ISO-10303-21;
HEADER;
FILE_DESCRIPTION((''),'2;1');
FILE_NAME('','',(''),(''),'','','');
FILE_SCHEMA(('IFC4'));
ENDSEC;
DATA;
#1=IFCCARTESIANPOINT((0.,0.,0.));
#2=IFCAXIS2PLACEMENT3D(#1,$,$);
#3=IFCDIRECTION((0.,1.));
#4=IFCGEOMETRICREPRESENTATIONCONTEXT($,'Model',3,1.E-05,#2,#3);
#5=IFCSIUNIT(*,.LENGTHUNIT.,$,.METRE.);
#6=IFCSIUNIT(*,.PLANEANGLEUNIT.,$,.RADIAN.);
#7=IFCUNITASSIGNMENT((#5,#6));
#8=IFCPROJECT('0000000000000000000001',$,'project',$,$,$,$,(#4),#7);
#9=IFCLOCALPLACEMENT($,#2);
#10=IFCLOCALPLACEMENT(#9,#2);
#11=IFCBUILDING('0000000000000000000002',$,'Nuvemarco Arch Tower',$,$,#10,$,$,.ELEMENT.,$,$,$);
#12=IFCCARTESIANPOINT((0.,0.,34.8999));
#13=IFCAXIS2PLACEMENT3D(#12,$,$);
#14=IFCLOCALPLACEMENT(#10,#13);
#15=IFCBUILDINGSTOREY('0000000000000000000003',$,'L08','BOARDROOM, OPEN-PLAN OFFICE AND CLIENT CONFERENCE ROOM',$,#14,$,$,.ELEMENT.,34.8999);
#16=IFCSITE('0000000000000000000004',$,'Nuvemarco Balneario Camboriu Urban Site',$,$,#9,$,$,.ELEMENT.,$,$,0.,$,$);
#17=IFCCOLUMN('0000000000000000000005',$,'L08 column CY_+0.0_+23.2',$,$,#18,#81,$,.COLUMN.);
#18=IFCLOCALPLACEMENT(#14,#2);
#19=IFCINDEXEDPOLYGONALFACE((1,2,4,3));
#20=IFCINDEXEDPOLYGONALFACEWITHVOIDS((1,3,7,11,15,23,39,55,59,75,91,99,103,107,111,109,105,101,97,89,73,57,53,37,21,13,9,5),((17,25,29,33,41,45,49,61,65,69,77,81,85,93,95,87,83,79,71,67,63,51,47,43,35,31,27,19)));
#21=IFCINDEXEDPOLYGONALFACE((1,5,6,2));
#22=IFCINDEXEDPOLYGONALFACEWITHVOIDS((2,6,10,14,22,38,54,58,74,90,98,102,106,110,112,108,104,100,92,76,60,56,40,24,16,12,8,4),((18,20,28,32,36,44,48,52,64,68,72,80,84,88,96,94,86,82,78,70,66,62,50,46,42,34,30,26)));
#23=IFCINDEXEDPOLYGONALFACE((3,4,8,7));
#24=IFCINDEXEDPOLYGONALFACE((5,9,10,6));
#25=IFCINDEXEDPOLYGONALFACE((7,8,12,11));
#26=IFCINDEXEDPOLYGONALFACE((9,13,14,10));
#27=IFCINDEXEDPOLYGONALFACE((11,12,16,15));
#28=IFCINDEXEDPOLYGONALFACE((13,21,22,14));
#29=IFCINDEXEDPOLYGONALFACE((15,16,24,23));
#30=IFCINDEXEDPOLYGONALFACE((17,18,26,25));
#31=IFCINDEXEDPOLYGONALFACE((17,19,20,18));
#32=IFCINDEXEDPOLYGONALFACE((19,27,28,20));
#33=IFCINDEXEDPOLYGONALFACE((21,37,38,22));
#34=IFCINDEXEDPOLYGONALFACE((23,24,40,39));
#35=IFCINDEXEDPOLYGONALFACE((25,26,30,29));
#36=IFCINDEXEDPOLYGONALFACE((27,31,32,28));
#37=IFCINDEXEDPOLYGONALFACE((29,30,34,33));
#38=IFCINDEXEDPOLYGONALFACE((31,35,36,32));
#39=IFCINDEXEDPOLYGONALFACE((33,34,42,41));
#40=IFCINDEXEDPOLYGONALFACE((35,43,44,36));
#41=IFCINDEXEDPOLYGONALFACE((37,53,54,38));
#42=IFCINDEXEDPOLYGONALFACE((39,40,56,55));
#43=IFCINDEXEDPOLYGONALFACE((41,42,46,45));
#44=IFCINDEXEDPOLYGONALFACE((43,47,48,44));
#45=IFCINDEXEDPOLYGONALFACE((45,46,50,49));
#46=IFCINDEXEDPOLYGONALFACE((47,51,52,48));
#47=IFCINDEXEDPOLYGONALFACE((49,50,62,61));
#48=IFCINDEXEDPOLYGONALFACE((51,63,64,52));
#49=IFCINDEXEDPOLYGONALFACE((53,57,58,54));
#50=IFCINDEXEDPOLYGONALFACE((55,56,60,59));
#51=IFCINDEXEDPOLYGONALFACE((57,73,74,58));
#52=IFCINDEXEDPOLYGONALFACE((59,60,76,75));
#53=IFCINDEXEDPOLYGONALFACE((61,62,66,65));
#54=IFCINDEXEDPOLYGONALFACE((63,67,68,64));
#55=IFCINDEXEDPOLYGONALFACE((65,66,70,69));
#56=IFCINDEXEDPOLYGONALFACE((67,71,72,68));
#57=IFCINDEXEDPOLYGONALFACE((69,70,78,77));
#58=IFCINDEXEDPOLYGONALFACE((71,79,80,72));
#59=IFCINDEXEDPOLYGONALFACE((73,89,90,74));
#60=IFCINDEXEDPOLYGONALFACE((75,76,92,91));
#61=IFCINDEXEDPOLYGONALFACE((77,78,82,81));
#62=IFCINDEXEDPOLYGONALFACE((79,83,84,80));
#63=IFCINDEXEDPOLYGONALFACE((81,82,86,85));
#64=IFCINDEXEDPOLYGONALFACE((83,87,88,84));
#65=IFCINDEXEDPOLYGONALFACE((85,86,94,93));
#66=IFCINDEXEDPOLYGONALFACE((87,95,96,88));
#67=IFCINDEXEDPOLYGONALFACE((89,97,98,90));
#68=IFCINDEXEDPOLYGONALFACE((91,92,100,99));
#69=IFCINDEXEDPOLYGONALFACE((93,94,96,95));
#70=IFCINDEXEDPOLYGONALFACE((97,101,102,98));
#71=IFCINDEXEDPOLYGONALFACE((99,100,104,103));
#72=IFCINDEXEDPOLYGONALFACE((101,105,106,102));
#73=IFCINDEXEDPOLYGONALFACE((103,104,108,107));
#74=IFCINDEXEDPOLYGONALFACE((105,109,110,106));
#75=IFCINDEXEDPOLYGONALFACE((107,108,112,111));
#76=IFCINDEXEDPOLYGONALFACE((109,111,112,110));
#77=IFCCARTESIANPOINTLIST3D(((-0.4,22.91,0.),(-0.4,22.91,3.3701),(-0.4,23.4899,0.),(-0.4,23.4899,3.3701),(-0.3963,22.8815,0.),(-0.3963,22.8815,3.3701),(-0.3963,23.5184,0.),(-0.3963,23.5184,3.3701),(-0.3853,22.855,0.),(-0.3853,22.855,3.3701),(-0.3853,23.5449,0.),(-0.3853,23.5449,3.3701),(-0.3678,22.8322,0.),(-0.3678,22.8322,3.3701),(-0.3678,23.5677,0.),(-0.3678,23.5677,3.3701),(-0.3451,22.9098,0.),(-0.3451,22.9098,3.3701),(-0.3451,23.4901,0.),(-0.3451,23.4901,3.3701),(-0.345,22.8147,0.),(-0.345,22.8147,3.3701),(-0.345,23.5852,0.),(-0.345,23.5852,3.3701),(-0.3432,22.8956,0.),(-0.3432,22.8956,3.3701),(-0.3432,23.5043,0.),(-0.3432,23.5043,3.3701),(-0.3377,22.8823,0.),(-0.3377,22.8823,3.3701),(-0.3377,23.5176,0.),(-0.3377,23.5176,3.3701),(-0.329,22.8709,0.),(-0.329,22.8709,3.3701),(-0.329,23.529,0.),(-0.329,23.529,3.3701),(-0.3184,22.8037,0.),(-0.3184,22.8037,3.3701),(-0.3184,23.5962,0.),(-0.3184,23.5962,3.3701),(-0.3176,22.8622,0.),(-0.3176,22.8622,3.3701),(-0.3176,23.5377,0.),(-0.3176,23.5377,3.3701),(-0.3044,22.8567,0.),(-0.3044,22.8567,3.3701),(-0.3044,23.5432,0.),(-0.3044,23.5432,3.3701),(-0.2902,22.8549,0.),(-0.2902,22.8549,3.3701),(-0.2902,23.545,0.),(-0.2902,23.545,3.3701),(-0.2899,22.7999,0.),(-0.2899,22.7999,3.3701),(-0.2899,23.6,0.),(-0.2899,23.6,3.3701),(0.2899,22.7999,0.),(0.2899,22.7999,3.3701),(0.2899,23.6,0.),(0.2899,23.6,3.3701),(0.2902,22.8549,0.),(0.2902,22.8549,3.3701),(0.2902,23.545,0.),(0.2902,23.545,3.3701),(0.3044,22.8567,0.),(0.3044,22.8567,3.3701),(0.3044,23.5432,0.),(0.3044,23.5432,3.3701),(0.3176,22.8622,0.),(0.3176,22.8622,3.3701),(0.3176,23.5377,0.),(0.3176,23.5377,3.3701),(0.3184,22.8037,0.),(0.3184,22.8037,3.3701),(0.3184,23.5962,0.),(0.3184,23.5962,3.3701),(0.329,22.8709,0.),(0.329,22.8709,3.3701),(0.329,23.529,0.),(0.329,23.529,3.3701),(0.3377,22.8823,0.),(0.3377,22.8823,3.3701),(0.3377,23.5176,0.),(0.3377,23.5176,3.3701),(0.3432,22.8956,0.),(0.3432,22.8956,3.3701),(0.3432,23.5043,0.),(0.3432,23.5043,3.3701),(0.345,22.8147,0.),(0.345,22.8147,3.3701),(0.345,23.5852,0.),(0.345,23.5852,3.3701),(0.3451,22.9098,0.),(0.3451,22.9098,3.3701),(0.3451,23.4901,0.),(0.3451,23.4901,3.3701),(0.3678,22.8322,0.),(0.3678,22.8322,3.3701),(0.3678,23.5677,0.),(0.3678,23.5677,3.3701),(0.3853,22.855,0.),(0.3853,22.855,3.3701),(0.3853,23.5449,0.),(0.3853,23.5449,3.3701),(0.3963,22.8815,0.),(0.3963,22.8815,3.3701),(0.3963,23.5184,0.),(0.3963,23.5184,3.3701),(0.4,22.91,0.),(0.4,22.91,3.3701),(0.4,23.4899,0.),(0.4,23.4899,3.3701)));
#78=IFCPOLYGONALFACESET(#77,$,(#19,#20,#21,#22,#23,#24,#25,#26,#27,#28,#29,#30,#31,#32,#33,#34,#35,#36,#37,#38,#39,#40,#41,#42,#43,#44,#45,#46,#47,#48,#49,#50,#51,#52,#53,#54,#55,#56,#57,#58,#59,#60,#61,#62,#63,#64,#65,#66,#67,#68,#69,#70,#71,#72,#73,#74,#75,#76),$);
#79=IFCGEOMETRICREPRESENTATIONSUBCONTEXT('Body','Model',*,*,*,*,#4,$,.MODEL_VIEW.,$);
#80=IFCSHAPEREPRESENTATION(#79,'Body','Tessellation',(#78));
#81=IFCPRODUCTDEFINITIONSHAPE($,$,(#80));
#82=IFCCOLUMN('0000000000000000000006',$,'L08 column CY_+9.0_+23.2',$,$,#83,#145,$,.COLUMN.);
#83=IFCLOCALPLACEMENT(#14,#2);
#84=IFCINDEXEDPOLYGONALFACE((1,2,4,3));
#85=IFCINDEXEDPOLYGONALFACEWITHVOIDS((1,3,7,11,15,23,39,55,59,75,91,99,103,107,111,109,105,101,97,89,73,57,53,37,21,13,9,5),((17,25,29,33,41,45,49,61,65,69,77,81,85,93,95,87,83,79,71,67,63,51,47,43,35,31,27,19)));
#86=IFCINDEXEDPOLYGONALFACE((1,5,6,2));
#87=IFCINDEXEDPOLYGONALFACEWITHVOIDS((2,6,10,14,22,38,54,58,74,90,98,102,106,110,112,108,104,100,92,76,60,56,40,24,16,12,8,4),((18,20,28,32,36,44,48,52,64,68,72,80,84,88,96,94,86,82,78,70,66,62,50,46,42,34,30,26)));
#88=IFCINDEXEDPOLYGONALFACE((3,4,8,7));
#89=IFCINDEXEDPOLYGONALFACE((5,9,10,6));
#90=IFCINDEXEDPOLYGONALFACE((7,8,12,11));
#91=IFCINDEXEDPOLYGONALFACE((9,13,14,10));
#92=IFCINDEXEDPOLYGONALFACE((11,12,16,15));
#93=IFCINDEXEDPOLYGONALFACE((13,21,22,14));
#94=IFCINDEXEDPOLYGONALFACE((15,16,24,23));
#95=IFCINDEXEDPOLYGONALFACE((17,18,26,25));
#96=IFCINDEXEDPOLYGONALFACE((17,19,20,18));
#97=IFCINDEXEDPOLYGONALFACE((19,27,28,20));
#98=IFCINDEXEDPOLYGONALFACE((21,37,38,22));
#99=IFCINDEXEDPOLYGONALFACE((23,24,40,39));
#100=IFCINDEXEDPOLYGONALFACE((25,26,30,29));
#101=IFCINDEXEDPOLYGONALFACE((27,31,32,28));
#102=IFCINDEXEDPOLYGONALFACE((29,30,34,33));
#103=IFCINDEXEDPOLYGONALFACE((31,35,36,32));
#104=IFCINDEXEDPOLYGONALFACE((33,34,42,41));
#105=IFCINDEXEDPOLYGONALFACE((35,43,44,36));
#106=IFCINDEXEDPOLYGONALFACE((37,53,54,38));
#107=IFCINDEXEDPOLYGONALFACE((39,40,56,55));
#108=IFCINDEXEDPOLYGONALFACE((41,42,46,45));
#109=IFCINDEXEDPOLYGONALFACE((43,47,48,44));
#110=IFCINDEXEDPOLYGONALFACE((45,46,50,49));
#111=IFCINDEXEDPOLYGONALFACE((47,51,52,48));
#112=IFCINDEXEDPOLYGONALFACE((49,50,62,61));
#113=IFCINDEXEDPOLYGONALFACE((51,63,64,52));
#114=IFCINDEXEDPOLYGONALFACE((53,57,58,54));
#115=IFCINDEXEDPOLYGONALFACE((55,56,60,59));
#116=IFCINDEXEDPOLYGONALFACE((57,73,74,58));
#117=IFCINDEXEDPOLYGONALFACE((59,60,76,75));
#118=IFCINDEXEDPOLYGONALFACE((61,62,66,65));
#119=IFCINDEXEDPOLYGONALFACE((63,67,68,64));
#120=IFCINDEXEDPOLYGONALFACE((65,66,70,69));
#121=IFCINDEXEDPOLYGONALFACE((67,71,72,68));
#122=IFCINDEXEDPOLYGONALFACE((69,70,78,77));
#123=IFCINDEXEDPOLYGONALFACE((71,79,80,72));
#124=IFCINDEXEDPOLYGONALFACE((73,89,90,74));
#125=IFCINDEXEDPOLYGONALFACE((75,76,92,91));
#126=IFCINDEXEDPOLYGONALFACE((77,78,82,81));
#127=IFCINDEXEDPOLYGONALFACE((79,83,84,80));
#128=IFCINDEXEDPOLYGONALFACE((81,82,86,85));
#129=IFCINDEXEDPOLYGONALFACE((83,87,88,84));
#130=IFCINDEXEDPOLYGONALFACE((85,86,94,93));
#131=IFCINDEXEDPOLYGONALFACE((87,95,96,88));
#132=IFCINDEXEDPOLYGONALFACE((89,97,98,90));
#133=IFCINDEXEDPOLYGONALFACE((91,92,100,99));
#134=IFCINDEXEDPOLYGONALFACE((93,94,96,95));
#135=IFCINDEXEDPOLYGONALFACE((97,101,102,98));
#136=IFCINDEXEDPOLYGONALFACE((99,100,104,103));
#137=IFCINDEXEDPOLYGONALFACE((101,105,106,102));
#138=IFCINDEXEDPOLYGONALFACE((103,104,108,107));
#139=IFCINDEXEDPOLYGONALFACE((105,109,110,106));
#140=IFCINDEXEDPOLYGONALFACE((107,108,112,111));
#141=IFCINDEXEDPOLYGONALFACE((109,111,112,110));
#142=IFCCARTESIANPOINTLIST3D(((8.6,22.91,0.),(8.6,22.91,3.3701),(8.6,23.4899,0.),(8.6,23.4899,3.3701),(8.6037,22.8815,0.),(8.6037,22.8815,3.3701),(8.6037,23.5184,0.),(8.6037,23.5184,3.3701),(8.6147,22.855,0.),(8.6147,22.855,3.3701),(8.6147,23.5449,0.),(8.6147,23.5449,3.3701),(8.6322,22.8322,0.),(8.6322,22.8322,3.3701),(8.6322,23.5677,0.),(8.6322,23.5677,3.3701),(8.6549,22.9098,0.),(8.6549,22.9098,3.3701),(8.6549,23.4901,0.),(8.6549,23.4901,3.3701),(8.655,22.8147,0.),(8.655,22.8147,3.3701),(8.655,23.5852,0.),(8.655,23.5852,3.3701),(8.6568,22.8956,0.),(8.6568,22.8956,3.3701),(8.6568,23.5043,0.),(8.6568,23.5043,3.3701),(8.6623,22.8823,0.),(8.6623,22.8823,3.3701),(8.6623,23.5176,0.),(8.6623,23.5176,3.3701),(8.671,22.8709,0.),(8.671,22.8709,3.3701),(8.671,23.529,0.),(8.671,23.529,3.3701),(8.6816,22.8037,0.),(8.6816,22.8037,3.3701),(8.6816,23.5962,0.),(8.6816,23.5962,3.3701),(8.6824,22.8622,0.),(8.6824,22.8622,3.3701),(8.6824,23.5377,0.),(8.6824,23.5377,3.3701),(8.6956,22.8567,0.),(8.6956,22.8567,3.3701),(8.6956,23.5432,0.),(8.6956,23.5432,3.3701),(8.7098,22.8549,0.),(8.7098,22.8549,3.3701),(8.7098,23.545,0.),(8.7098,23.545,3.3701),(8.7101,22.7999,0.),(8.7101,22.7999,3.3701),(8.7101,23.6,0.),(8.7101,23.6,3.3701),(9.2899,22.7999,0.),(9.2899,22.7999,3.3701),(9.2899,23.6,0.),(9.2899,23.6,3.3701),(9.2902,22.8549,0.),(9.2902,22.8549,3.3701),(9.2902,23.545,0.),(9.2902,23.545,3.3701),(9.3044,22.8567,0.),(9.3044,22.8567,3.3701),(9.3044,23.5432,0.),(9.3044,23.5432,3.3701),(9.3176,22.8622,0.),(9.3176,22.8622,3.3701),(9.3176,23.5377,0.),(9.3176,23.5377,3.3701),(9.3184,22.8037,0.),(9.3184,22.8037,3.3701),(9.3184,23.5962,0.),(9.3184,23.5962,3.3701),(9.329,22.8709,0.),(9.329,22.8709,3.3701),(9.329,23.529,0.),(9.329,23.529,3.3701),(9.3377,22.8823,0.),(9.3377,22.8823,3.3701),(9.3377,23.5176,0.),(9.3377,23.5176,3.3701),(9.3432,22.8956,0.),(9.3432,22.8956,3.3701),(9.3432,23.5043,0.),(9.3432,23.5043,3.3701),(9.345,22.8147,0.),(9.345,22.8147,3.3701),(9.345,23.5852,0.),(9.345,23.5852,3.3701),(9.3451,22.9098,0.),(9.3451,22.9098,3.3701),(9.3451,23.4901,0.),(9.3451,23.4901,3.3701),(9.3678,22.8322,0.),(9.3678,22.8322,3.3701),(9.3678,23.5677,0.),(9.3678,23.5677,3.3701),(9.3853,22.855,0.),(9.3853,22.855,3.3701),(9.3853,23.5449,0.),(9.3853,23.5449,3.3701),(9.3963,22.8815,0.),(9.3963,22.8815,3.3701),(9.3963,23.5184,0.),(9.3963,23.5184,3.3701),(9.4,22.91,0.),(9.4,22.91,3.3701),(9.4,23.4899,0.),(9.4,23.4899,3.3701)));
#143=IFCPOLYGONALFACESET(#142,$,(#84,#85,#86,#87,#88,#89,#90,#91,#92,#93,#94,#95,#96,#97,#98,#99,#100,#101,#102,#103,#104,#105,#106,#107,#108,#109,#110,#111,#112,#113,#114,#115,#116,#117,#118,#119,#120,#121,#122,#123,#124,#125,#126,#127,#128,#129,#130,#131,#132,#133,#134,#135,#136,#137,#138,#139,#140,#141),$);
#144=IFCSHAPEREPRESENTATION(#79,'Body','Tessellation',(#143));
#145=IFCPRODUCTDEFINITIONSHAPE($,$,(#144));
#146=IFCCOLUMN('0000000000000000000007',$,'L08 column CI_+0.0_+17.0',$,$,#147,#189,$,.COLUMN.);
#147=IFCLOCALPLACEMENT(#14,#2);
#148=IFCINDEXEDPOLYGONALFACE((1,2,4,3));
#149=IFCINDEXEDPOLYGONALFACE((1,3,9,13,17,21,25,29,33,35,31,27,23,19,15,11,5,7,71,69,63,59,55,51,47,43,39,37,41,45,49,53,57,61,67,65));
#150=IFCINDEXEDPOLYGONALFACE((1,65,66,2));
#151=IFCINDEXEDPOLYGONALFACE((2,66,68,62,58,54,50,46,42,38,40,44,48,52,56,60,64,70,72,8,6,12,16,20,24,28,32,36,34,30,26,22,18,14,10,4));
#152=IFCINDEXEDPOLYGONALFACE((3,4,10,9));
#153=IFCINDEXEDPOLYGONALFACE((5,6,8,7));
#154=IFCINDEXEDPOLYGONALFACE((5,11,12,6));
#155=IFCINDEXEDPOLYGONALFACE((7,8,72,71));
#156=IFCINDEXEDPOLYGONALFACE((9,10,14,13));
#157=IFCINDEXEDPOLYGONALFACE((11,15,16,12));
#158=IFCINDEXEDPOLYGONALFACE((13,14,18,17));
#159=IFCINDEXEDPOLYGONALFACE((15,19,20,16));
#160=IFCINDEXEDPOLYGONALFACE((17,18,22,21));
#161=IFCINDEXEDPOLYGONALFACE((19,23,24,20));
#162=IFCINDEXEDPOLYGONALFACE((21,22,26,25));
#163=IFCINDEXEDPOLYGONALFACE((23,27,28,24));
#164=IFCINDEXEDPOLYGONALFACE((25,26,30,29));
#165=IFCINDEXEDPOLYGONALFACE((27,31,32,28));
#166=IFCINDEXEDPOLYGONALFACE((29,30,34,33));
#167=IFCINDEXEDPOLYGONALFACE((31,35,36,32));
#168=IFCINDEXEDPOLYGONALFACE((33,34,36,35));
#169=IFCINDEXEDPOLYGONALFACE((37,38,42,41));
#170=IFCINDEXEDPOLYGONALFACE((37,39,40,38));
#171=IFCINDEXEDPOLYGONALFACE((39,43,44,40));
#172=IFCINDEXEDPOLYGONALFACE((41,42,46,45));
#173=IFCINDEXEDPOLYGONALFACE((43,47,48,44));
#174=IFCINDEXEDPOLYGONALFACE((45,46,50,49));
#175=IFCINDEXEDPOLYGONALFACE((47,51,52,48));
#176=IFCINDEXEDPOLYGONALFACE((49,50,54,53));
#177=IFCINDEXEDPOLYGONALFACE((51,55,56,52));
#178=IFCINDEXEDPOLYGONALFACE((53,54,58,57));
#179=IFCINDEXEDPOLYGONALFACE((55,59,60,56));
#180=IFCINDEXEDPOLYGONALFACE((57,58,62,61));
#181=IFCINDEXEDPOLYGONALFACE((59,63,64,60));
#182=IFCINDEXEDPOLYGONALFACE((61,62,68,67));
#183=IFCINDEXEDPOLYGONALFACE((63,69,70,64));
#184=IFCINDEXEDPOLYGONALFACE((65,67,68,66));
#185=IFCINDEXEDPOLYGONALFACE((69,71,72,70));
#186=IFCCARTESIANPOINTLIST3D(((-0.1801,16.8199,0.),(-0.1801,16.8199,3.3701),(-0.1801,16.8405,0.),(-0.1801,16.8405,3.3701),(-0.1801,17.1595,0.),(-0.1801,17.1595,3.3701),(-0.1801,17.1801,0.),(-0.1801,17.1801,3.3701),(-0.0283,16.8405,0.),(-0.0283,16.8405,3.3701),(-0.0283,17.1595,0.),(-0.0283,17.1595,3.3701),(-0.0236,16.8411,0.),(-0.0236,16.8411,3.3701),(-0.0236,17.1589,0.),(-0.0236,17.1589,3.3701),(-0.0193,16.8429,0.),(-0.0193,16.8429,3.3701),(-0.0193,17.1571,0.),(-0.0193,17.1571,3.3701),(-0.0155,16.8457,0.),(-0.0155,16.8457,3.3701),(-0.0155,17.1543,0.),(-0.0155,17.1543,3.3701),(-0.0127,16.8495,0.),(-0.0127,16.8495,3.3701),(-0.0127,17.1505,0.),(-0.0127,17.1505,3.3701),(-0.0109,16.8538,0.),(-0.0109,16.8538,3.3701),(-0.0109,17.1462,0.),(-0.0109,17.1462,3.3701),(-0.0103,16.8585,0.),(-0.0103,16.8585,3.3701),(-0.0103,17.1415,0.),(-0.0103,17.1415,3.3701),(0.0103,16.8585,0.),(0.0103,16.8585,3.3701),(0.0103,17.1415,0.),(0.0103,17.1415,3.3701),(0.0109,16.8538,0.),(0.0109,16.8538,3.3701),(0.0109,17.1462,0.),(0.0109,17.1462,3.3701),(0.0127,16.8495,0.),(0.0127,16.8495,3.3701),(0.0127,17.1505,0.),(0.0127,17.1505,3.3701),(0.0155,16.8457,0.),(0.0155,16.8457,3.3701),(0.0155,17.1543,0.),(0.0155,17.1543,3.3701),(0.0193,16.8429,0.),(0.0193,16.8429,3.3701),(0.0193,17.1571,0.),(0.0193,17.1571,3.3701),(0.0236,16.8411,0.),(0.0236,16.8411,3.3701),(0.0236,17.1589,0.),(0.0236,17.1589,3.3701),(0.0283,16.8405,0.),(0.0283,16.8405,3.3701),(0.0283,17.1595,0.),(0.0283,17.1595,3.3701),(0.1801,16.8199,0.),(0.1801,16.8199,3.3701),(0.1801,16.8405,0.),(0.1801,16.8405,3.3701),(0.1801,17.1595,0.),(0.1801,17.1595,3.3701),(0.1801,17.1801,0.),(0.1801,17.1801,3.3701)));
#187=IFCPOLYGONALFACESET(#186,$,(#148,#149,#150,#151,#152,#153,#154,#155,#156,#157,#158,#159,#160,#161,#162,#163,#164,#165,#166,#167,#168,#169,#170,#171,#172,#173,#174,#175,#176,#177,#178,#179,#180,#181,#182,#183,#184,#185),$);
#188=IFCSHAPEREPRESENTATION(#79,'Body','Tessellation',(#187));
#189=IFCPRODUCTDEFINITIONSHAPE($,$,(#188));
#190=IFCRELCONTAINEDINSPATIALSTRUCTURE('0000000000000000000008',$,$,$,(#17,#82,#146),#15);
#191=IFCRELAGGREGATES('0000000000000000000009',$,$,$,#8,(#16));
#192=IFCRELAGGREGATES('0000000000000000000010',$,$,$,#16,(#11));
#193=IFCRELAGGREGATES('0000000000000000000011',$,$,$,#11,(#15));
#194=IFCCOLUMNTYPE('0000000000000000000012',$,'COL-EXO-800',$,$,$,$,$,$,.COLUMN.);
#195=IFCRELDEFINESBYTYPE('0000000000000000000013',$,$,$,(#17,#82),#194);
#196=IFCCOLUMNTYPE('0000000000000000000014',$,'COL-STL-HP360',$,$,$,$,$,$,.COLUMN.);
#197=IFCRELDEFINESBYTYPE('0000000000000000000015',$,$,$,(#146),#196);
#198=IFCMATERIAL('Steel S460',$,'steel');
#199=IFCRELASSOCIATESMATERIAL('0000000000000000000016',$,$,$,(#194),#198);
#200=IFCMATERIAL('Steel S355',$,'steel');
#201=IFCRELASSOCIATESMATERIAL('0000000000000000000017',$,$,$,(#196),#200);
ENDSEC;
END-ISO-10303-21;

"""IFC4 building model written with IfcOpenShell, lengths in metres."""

from ifc_helpers import new_model, si_unit, direction, frame, origin, origin_2d, place, context, subcontext, project, spatial, hollow_rectangle, i_section, extrude, material, material_profile, profile_set, type_object, element, save


model = new_model("IFC4")

# Units and contexts
model_context = context("Model", 3, precision=1e-05, world=origin(), true_north=direction((0.0, 1.0)))
body_context = subcontext(model_context, "Body", "Model", "MODEL_VIEW")
ifc_project = project(units=[si_unit("LENGTHUNIT", "METRE"), si_unit("PLANEANGLEUNIT", "RADIAN")], contexts=[model_context])

# Site, building, storey
site_placement = place(None, origin())
site = spatial("IfcSite", under=ifc_project, at=site_placement, Name="Nuvemarco Balneario Camboriu Urban Site", CompositionType="ELEMENT", RefElevation=0.0)
building_placement = place(site_placement, origin())
building = spatial("IfcBuilding", under=site, at=building_placement, Name="Nuvemarco Arch Tower", CompositionType="ELEMENT")
storey_placement = place(building_placement, frame((0.0, 0.0, 34.8999)))
storey = spatial("IfcBuildingStorey", under=building, at=storey_placement, Name="L08", Description="BOARDROOM, OPEN-PLAN OFFICE AND CLIENT CONFERENCE ROOM", CompositionType="ELEMENT", Elevation=34.8999)

# Columns
ifc_material_1 = material(Name="Steel S460", Category="steel")
ifc_material_profile_1 = material_profile(ifc_material_1, hollow_rectangle(XDim=0.8, YDim=0.8, WallThickness=0.0549, InnerFilletRadius=0.0549, OuterFilletRadius=0.1101, at=origin_2d()), Name="SHS800x800x55")
ifc_profile_set_1 = profile_set([ifc_material_profile_1], Name="Steel S460")
column_type_1 = type_object("IfcColumnType", Name="COL-EXO-800", PredefinedType="COLUMN", material=ifc_profile_set_1)
for number, where, z_axis, x_axis, name in (
    (1, (0.0, 23.2, 0.0), (0.0, 0.0, 1.0), (1.0, 0.0, 0.0), "L08 column CY_+0.0_+23.2"),
    (2, (9.0, 23.2, 0.0), (0.0, 0.0, 1.0), (1.0, 0.0, 0.0), "L08 column CY_+9.0_+23.2"),
):
    element("IfcColumn", number, at=place(storey_placement, frame(where, z_axis=z_axis, x_axis=x_axis)), inside=storey, type_object=column_type_1, Name=name, PredefinedType="COLUMN", context=body_context, shape_type="SweptSolid", body=[
        extrude(hollow_rectangle(XDim=0.8, YDim=0.8, WallThickness=0.0549, InnerFilletRadius=0.0549, OuterFilletRadius=0.1101, at=origin_2d()), origin(), (0.0, 0.0, 1.0), 3.3701),
    ])
ifc_material_2 = material(Name="Steel S355", Category="steel")
ifc_material_profile_2 = material_profile(ifc_material_2, i_section(OverallWidth=0.3601, OverallDepth=0.3601, WebThickness=0.0205, FlangeThickness=0.0205, FilletRadius=0.0181, at=origin_2d()), Name="HP360x174")
ifc_profile_set_2 = profile_set([ifc_material_profile_2], Name="Steel S355")
column_type_2 = type_object("IfcColumnType", Name="COL-STL-HP360", PredefinedType="COLUMN", material=ifc_profile_set_2)
for number, where, z_axis, x_axis, name in (
    (3, (0.0, 17.0, 0.0), (0.0, 0.0, 1.0), (1.0, 0.0, 0.0), "L08 column CI_+0.0_+17.0"),
):
    element("IfcColumn", number, at=place(storey_placement, frame(where, z_axis=z_axis, x_axis=x_axis)), inside=storey, type_object=column_type_2, Name=name, PredefinedType="COLUMN", context=body_context, shape_type="SweptSolid", body=[
        extrude(i_section(OverallWidth=0.3601, OverallDepth=0.3601, WebThickness=0.0205, FlangeThickness=0.0205, FilletRadius=0.0181, at=origin_2d()), origin(), (0.0, 0.0, 1.0), 3.3701),
    ])

save(model, "model.ifc")
